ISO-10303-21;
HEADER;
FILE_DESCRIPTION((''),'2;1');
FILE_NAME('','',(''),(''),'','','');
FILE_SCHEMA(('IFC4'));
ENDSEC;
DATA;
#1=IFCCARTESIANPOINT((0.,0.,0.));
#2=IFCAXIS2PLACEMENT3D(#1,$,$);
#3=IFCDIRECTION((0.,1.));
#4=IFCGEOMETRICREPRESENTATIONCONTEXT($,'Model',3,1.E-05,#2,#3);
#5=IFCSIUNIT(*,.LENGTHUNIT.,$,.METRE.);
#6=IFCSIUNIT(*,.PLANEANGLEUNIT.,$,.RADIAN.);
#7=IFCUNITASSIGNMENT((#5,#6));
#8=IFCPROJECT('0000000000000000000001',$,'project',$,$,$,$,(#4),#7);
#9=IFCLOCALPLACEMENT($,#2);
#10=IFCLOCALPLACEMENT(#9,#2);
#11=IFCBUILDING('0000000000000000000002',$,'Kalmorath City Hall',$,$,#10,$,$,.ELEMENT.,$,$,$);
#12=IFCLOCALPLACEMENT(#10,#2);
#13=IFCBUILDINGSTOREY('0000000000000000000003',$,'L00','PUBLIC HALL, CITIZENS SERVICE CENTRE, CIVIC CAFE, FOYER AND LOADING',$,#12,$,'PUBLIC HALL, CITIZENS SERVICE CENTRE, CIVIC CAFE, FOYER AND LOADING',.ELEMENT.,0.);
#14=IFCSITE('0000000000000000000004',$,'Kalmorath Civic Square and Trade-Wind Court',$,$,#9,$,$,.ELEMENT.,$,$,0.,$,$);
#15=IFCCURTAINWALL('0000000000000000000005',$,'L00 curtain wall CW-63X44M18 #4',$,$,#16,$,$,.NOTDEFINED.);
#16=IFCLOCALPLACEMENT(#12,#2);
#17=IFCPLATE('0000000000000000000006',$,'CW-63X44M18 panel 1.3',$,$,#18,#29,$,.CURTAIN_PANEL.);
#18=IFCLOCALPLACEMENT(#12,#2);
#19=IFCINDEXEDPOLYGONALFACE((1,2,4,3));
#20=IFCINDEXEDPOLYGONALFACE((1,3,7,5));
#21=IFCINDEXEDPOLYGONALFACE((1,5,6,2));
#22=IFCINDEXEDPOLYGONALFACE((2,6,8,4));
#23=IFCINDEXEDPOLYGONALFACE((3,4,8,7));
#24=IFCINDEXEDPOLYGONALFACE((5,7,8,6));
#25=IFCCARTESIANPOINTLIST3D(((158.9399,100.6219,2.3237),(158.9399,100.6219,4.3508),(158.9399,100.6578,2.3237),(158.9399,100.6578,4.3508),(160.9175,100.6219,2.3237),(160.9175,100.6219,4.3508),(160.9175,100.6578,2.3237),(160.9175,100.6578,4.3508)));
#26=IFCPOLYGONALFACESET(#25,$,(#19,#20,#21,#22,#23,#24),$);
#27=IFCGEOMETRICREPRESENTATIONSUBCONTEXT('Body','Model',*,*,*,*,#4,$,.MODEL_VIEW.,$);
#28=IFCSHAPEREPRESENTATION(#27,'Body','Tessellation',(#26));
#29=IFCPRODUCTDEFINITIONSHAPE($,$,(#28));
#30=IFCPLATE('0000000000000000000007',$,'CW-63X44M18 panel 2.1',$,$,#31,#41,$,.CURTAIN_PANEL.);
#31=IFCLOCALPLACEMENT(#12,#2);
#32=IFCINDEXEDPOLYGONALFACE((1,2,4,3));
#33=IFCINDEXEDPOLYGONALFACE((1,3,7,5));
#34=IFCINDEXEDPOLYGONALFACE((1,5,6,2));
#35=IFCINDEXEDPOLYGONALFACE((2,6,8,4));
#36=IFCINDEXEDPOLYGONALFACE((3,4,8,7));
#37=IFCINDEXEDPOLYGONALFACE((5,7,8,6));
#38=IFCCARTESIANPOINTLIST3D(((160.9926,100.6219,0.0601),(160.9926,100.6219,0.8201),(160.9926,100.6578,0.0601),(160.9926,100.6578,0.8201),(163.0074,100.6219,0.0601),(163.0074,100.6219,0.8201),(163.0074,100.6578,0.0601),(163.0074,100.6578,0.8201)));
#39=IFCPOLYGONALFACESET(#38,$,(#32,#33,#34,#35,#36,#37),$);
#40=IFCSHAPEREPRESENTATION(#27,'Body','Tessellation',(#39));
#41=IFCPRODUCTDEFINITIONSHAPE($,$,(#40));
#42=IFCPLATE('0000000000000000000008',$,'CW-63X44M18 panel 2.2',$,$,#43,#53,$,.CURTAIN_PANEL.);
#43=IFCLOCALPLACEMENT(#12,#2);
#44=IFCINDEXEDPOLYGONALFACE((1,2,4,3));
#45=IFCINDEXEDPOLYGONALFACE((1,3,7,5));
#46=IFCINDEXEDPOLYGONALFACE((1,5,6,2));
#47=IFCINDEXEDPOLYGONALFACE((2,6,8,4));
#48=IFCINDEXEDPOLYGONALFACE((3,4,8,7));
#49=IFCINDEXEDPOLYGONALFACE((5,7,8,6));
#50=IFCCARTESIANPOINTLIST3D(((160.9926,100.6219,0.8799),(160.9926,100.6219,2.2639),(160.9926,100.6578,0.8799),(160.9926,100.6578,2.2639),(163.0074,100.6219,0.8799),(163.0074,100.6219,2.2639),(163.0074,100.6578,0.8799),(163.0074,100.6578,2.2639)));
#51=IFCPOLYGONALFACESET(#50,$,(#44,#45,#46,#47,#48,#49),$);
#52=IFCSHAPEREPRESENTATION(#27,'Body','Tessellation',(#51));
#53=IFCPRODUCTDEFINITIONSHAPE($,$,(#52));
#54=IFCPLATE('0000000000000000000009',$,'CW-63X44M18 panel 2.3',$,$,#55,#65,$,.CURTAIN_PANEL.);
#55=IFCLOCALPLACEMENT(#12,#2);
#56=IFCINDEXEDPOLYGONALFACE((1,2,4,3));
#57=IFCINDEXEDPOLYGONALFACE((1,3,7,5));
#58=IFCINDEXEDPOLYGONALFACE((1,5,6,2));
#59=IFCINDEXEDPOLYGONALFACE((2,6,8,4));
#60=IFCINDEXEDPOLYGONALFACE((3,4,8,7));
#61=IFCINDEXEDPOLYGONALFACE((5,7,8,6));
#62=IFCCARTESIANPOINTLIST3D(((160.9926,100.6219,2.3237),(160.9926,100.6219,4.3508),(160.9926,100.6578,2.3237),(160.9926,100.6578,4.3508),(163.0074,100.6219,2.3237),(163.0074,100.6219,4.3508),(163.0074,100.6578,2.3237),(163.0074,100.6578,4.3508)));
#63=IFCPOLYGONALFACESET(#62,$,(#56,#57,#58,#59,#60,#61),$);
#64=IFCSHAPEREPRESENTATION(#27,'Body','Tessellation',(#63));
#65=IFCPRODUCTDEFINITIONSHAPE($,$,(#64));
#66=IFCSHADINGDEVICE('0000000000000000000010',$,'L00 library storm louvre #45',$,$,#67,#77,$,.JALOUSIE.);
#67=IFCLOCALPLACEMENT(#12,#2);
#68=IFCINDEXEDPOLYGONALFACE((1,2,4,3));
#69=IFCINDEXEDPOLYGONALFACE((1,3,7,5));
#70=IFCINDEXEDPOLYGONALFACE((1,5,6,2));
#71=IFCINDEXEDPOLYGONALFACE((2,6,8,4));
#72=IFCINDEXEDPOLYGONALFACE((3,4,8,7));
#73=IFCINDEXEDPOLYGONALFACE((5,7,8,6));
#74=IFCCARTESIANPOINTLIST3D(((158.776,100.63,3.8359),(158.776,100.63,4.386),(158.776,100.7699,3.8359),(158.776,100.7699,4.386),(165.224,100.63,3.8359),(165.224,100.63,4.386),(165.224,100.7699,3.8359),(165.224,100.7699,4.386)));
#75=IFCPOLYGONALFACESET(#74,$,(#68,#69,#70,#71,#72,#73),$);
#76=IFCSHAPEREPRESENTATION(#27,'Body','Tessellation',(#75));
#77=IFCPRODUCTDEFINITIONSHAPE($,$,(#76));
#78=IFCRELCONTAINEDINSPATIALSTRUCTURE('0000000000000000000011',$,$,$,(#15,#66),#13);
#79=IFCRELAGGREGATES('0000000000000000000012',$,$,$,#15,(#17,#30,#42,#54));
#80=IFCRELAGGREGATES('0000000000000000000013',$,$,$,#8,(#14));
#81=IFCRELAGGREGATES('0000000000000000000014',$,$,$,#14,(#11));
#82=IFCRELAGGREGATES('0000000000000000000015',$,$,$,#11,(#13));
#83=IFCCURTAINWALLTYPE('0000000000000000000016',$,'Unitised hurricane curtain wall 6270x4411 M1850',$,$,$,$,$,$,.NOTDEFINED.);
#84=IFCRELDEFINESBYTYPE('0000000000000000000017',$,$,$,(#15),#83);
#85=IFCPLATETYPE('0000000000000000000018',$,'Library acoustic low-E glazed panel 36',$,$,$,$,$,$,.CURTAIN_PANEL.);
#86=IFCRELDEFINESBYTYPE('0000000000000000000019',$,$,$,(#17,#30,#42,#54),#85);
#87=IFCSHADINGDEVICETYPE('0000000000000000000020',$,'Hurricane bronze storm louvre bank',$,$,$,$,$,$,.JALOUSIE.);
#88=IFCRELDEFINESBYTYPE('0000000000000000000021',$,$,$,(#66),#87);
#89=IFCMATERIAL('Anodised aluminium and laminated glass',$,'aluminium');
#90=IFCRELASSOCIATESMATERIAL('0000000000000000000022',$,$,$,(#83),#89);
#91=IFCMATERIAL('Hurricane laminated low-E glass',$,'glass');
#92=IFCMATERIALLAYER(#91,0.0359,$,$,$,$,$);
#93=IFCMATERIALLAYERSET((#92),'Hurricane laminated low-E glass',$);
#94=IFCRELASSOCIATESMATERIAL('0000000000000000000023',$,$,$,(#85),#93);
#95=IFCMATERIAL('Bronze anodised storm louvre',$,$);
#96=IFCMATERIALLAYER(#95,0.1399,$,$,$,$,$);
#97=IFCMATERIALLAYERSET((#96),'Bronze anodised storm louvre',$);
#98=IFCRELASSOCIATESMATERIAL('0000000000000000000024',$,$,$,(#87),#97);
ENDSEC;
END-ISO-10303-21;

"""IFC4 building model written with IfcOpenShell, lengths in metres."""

from ifc_helpers import new_model, si_unit, direction, frame, origin, origin_2d, place, context, subcontext, project, spatial, rectangle, extrude, material, layer, layer_set, type_object, element, aggregate, save


model = new_model("IFC4")

# Units and contexts
model_context = context("Model", 3, precision=1e-05, world=origin(), true_north=direction((0.0, 1.0)))
body_context = subcontext(model_context, "Body", "Model", "MODEL_VIEW")
ifc_project = project(units=[si_unit("LENGTHUNIT", "METRE"), si_unit("PLANEANGLEUNIT", "RADIAN")], contexts=[model_context])

# Site, building, storey
site_placement = place(None, origin())
site = spatial("IfcSite", under=ifc_project, at=site_placement, Name="Kalmorath Civic Square and Trade-Wind Court", CompositionType="ELEMENT", RefElevation=0.0)
building_placement = place(site_placement, origin())
building = spatial("IfcBuilding", under=site, at=building_placement, Name="Kalmorath City Hall", CompositionType="ELEMENT")
storey_placement = place(building_placement, origin())
storey = spatial("IfcBuildingStorey", under=building, at=storey_placement, Name="L00", Description="PUBLIC HALL, CITIZENS SERVICE CENTRE, CIVIC CAFE, FOYER AND LOADING", LongName="PUBLIC HALL, CITIZENS SERVICE CENTRE, CIVIC CAFE, FOYER AND LOADING", CompositionType="ELEMENT", Elevation=0.0)

# Curtain wall
ifc_material_1 = material(Name="Anodised aluminium and laminated glass", Category="aluminium")
curtain_wall_type = type_object("IfcCurtainWallType", Name="Unitised hurricane curtain wall 6270x4411 M1850", PredefinedType="NOTDEFINED", material=ifc_material_1)
curtain_wall_placement = place(storey_placement, origin())
curtain_wall = element("IfcCurtainWall", 1, at=curtain_wall_placement, inside=storey, type_object=curtain_wall_type, Name="L00 curtain wall CW-63X44M18 #4", PredefinedType="NOTDEFINED")

# Plates
ifc_material_2 = material(Name="Hurricane laminated low-E glass", Category="glass")
ifc_layer_1 = layer(ifc_material_2, 0.0359)
ifc_layer_set_1 = layer_set([ifc_layer_1], Name="Hurricane laminated low-E glass")
plate_type = type_object("IfcPlateType", Name="Library acoustic low-E glazed panel 36", PredefinedType="CURTAIN_PANEL", material=ifc_layer_set_1)
plate_1_placement = place(storey_placement, frame((159.9287, 100.6399, 2.3237), z_axis=(0.0, 0.0, 1.0), x_axis=(1.0, 0.0, 0.0)))
plate_1 = element("IfcPlate", 2, at=plate_1_placement, type_object=plate_type, Name="CW-63X44M18 panel 1.3", PredefinedType="CURTAIN_PANEL", context=body_context, shape_type="SweptSolid", body=[
    extrude(rectangle(XDim=1.9775, YDim=0.0359, at=origin_2d()), origin(), (0.0, 0.0, 1.0), 2.0271),
])
plate_2_placement = place(storey_placement, frame((162.0, 100.6399, 0.0601), z_axis=(0.0, 0.0, 1.0), x_axis=(1.0, 0.0, 0.0)))
plate_2 = element("IfcPlate", 3, at=plate_2_placement, type_object=plate_type, Name="CW-63X44M18 panel 2.1", PredefinedType="CURTAIN_PANEL", context=body_context, shape_type="SweptSolid", body=[
    extrude(rectangle(XDim=2.0149, YDim=0.0359, at=origin_2d()), origin(), (0.0, 0.0, 1.0), 0.76),
])
plate_3_placement = place(storey_placement, frame((162.0, 100.6399, 0.8799), z_axis=(0.0, 0.0, 1.0), x_axis=(1.0, 0.0, 0.0)))
plate_3 = element("IfcPlate", 4, at=plate_3_placement, type_object=plate_type, Name="CW-63X44M18 panel 2.2", PredefinedType="CURTAIN_PANEL", context=body_context, shape_type="SweptSolid", body=[
    extrude(rectangle(XDim=2.0149, YDim=0.0359, at=origin_2d()), origin(), (0.0, 0.0, 1.0), 1.384),
])
plate_4_placement = place(storey_placement, frame((162.0, 100.6399, 2.3237), z_axis=(0.0, 0.0, 1.0), x_axis=(1.0, 0.0, 0.0)))
plate_4 = element("IfcPlate", 5, at=plate_4_placement, type_object=plate_type, Name="CW-63X44M18 panel 2.3", PredefinedType="CURTAIN_PANEL", context=body_context, shape_type="SweptSolid", body=[
    extrude(rectangle(XDim=2.0149, YDim=0.0359, at=origin_2d()), origin(), (0.0, 0.0, 1.0), 2.0271),
])
aggregate(curtain_wall, [plate_1, plate_2, plate_3, plate_4])

# Shading device
ifc_material_3 = material(Name="Bronze anodised storm louvre")
ifc_layer_2 = layer(ifc_material_3, 0.1399)
ifc_layer_set_2 = layer_set([ifc_layer_2], Name="Bronze anodised storm louvre")
shading_device_type = type_object("IfcShadingDeviceType", Name="Hurricane bronze storm louvre bank", PredefinedType="JALOUSIE", material=ifc_layer_set_2)
shading_device_placement = place(storey_placement, frame((162.0, 100.7, 3.8359), z_axis=(0.0, 0.0, 1.0), x_axis=(1.0, 0.0, 0.0)))
element("IfcShadingDevice", 6, at=shading_device_placement, inside=storey, type_object=shading_device_type, Name="L00 library storm louvre #45", PredefinedType="JALOUSIE", context=body_context, shape_type="SweptSolid", body=[
    extrude(rectangle(XDim=6.448, YDim=0.1399, at=origin_2d()), origin(), (0.0, 0.0, 1.0), 0.55),
])

save(model, "model.ifc")
